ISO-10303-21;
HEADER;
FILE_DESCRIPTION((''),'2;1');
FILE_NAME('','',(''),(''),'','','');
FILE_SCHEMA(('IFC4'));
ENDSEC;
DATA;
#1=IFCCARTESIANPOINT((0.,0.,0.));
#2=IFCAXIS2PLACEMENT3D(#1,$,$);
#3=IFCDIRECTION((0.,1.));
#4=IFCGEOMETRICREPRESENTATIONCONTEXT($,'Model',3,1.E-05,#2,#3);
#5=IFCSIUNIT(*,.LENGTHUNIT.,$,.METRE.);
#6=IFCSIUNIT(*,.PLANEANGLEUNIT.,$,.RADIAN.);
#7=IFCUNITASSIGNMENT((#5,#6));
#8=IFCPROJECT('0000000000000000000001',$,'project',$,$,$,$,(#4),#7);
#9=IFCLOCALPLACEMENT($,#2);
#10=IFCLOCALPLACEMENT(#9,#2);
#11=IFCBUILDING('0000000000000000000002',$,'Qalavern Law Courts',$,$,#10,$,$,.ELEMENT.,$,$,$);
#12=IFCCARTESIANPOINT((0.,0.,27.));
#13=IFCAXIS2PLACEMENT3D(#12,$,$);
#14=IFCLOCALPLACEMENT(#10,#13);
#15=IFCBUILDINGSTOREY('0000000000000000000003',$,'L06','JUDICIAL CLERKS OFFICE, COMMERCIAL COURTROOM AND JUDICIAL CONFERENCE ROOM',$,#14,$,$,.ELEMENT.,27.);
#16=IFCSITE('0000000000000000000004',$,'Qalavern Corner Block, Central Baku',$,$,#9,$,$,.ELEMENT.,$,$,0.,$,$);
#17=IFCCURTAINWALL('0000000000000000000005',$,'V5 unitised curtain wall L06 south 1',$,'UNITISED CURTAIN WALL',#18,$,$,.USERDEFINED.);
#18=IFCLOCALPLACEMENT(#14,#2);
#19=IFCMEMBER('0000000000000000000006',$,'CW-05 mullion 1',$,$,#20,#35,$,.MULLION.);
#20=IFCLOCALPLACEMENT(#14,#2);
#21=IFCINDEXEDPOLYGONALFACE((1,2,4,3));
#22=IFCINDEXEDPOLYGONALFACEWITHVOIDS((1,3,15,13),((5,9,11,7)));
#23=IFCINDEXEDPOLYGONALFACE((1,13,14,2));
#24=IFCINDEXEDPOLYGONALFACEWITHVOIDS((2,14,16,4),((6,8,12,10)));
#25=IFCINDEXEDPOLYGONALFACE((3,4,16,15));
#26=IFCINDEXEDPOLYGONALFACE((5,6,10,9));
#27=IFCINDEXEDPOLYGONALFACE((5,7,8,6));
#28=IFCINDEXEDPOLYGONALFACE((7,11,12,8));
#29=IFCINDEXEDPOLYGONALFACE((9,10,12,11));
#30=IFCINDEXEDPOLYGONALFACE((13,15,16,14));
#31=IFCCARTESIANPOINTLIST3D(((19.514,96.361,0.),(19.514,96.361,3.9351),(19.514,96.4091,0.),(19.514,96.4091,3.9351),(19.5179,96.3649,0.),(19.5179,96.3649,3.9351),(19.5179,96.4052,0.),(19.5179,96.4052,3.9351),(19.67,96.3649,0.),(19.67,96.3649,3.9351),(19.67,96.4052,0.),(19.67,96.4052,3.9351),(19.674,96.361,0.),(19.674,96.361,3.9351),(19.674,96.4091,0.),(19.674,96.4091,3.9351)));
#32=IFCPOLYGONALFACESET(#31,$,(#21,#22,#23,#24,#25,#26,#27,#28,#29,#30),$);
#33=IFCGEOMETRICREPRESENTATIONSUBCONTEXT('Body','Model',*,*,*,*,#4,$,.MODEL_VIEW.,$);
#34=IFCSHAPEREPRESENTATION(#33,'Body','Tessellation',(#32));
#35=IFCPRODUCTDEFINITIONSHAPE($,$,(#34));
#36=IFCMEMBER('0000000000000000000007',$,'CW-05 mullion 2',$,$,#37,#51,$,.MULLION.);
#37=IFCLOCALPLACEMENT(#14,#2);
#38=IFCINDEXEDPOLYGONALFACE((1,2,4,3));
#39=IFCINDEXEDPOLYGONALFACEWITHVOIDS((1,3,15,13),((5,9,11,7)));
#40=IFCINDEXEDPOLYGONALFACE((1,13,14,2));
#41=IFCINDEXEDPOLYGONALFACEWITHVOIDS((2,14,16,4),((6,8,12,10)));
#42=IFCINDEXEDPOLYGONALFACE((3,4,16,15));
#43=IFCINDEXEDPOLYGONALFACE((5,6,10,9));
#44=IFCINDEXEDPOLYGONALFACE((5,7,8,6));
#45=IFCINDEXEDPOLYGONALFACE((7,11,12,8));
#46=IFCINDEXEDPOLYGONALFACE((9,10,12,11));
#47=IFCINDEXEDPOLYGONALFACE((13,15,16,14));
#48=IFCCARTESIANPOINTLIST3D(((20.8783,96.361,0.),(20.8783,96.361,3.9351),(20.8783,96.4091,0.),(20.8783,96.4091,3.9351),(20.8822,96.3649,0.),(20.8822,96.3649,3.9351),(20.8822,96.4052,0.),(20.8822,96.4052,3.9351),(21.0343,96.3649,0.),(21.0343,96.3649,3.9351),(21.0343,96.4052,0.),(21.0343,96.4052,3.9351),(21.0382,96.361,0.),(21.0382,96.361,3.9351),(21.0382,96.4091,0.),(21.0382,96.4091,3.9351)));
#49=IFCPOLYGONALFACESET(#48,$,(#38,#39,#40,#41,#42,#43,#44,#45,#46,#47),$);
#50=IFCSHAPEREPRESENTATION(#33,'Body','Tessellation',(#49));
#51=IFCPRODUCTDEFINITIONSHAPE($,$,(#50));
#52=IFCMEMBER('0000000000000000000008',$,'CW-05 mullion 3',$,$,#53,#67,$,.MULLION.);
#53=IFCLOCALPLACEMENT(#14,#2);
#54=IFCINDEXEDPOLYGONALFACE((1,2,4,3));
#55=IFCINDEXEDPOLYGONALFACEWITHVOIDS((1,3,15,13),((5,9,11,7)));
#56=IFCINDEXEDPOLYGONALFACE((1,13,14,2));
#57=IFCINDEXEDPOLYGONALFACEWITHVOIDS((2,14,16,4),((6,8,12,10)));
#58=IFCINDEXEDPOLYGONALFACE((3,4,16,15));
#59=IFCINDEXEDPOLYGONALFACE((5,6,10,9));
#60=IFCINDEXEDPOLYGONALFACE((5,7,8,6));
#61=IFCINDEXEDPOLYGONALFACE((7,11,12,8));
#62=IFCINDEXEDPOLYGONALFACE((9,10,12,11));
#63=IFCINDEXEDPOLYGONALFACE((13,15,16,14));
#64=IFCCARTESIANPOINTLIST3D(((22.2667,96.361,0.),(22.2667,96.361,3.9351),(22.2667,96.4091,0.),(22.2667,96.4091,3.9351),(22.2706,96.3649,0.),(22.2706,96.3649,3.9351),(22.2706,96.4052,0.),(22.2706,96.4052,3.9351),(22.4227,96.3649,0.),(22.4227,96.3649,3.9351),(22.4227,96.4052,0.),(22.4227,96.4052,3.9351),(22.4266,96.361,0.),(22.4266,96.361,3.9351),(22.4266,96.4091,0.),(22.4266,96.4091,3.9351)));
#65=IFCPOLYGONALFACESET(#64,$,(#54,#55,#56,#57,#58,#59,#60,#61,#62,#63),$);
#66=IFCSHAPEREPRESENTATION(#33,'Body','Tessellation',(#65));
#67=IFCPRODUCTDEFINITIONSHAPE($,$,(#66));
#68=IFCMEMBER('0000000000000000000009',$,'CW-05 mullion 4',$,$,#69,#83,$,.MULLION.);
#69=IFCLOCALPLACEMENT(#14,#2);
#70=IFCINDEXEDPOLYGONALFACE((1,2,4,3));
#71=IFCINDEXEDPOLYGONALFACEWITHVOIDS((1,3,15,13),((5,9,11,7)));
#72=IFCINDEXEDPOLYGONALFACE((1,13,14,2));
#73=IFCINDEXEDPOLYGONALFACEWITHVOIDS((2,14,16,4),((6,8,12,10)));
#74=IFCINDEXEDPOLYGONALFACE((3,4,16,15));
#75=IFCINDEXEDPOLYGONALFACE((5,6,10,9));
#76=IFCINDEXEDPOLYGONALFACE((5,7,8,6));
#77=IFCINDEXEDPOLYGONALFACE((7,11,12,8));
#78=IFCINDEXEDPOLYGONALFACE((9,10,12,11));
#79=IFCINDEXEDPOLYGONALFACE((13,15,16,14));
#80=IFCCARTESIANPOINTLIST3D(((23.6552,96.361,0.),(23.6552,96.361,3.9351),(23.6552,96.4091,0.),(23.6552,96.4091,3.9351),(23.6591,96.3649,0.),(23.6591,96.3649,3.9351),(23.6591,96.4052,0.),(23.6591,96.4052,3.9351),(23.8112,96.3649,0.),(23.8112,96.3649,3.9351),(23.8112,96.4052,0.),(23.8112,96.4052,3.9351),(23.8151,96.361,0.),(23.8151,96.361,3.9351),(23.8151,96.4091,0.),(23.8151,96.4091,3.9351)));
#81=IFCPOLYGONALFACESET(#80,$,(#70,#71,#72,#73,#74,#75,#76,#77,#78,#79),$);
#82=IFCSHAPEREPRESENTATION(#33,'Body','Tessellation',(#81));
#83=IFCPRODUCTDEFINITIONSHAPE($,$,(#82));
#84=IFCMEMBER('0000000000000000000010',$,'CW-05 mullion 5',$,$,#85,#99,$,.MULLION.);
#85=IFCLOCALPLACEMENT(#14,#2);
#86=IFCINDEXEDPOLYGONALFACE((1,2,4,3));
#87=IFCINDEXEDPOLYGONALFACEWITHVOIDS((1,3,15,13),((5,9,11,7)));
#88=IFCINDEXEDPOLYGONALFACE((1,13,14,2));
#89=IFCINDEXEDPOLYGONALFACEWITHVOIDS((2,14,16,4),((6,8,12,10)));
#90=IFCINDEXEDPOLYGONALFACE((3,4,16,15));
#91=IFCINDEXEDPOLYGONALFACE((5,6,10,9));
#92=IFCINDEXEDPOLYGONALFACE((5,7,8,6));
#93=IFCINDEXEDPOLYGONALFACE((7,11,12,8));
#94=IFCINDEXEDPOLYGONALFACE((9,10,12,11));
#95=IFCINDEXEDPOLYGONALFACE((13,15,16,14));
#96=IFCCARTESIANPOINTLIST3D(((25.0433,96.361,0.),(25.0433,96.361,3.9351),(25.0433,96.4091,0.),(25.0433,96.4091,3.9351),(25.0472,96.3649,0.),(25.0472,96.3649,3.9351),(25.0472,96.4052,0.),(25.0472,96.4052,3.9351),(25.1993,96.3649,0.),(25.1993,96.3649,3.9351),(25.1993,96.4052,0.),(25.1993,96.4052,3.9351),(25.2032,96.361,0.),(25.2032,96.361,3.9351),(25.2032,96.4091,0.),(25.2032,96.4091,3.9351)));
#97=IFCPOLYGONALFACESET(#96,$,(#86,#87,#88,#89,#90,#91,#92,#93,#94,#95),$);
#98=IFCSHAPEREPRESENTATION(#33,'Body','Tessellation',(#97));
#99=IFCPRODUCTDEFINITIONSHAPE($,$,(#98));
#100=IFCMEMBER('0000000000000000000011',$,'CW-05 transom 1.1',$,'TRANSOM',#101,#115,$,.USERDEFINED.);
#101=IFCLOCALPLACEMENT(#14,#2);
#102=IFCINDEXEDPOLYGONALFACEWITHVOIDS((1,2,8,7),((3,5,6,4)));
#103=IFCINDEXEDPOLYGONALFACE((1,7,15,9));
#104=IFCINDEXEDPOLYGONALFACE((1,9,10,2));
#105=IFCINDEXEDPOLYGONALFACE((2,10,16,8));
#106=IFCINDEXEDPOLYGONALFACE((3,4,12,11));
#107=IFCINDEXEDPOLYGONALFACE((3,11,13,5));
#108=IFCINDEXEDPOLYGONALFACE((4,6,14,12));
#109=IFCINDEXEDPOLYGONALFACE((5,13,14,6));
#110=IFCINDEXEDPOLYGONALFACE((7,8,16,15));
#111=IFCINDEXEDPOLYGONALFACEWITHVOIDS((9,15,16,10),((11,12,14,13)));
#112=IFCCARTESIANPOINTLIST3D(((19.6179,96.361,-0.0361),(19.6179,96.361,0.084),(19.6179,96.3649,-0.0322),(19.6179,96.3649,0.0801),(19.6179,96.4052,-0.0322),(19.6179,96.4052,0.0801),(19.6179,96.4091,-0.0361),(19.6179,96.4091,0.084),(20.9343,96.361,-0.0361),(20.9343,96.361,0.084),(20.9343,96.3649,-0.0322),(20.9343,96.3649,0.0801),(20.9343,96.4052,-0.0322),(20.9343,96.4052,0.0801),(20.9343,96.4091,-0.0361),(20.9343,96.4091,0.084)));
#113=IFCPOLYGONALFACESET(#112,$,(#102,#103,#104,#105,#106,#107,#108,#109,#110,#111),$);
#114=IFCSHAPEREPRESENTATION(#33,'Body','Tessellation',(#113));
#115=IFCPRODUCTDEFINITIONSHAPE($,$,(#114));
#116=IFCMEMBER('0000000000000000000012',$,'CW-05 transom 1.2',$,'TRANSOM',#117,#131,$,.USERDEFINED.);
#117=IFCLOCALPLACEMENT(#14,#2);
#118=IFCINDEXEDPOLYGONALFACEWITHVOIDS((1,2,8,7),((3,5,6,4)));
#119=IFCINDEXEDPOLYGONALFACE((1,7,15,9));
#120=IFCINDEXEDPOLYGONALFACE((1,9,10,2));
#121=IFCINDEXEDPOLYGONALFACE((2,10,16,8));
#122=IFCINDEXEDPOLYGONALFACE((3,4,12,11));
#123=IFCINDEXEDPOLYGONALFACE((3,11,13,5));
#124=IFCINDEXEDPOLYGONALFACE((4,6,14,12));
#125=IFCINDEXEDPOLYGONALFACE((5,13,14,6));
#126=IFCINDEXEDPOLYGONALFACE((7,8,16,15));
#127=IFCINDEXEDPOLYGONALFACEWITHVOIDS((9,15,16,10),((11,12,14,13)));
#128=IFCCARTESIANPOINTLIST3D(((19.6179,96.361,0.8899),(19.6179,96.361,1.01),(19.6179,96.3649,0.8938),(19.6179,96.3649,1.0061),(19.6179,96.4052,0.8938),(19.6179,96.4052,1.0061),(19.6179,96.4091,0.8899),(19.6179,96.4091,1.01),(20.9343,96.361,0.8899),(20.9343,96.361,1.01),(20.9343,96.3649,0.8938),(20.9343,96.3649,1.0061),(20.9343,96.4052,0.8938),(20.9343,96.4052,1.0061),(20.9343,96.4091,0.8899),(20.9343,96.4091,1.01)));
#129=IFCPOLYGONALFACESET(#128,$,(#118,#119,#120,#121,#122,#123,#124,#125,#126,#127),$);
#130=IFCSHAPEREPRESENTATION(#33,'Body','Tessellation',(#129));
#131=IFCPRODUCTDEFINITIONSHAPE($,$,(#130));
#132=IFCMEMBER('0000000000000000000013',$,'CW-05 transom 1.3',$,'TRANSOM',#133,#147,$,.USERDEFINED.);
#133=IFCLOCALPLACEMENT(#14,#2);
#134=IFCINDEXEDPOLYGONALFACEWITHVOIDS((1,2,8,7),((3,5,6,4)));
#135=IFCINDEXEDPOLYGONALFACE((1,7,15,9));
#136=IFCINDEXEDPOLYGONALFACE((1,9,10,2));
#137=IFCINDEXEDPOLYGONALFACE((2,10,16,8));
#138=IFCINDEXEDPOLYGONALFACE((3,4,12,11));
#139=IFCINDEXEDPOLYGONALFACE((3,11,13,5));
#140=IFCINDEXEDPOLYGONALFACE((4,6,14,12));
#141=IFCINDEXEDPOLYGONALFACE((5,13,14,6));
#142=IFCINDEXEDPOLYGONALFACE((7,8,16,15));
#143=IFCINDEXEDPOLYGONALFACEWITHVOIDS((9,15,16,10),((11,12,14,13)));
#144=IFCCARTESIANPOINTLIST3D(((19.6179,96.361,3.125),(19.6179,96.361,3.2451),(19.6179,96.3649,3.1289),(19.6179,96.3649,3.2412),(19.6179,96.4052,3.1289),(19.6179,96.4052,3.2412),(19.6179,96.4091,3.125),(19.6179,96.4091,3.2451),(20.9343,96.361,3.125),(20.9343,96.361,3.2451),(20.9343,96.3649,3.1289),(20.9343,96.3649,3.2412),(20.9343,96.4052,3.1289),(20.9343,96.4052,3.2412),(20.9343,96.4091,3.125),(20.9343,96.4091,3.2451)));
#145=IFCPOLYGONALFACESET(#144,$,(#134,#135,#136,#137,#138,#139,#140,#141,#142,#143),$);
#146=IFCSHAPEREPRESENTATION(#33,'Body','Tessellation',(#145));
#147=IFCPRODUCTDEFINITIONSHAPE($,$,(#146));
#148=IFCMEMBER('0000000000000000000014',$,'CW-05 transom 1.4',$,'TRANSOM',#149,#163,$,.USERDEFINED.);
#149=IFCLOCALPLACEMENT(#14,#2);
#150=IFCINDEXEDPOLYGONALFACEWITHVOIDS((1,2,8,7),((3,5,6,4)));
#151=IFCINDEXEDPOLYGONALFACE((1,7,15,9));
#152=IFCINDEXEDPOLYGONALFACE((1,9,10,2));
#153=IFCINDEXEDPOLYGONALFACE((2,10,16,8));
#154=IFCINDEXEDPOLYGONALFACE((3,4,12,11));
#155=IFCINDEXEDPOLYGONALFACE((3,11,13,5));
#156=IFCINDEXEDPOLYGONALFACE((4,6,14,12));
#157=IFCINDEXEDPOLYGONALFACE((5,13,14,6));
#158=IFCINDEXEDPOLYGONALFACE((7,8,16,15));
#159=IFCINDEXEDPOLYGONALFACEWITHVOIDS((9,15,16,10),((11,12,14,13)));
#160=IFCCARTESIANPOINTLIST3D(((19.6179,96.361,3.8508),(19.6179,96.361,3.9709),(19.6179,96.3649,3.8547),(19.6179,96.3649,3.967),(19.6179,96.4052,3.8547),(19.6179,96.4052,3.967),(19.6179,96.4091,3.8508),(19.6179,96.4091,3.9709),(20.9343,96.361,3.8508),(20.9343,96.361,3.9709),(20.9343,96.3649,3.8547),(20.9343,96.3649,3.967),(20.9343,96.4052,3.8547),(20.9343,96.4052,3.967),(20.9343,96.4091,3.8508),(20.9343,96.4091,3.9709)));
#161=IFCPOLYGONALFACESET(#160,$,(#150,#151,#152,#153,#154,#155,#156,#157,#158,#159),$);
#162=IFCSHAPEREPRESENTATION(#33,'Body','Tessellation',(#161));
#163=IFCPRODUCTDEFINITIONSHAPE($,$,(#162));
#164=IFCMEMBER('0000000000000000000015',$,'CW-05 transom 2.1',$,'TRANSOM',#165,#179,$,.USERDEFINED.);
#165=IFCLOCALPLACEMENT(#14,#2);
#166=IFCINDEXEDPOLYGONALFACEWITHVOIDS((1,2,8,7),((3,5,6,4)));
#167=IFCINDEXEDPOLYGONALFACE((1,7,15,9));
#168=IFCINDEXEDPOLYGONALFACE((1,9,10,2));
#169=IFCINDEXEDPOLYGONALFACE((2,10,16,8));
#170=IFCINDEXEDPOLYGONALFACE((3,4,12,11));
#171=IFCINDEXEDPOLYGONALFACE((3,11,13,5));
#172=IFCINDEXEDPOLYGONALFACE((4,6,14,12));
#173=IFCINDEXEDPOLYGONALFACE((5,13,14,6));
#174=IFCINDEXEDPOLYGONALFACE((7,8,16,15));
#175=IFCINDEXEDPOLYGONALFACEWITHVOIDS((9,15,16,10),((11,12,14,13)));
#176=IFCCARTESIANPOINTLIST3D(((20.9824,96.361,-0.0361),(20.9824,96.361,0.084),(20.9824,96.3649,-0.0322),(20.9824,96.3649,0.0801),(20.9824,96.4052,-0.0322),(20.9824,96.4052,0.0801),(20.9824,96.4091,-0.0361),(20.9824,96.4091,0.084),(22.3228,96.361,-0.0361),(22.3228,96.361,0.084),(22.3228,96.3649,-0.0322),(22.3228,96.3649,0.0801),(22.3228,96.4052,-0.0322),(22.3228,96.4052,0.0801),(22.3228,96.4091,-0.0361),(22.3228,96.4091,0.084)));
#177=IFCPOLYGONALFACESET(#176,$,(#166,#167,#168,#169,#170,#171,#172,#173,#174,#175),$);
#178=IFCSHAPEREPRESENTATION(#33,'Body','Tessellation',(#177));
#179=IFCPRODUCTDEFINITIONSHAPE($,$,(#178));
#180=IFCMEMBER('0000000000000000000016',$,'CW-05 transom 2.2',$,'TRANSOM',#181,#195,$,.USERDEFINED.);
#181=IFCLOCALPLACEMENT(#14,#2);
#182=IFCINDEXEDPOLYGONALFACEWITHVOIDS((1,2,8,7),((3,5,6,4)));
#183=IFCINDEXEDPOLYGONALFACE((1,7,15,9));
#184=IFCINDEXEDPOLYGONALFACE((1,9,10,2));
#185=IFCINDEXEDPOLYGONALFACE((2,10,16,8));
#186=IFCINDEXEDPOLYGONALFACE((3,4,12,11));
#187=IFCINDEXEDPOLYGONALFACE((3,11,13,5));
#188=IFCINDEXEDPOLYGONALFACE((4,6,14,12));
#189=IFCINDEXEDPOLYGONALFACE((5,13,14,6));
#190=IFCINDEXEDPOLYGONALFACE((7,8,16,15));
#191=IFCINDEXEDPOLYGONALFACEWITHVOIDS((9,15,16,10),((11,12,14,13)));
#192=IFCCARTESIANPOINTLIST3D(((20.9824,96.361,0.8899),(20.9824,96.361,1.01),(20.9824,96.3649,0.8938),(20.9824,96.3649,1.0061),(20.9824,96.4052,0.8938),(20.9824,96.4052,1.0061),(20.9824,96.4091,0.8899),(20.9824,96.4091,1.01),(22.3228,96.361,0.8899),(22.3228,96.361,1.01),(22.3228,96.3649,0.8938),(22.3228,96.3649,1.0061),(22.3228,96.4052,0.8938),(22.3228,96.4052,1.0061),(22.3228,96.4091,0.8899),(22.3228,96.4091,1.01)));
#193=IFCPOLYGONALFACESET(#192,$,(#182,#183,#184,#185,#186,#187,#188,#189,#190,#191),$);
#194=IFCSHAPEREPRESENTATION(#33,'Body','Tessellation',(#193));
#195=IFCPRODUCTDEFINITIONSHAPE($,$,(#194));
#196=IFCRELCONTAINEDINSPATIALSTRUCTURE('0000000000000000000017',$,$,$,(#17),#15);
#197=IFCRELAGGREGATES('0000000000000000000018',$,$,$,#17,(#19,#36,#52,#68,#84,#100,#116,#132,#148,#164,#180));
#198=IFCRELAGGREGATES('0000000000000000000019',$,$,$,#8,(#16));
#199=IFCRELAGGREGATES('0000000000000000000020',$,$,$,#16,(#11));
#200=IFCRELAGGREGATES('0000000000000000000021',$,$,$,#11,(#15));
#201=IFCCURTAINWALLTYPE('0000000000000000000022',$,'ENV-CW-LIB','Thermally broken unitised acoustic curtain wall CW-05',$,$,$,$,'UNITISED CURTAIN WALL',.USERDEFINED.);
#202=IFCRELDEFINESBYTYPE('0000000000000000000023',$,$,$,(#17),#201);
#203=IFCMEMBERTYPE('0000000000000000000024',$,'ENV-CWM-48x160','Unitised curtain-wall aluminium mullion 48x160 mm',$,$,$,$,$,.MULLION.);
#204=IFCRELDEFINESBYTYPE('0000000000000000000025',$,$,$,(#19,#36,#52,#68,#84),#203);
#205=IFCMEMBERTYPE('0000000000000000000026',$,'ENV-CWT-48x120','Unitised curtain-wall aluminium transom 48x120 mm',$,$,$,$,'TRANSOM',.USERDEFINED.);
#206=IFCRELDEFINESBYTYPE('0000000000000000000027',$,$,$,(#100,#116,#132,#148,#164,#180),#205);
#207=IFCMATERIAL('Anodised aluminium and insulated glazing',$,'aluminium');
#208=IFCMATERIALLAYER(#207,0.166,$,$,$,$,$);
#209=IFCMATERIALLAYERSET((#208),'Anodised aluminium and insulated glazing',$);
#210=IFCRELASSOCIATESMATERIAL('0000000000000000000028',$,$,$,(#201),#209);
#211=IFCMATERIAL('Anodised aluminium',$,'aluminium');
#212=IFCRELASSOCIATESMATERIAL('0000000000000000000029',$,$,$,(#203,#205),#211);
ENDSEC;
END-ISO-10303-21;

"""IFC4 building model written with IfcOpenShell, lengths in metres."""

from ifc_helpers import new_model, si_unit, direction, frame, origin, origin_2d, place, context, subcontext, project, spatial, hollow_rectangle, extrude, material, layer, layer_set, material_profile, profile_set, type_object, element, aggregate, save


model = new_model("IFC4")

# Units and contexts
model_context = context("Model", 3, precision=1e-05, world=origin(), true_north=direction((0.0, 1.0)))
body_context = subcontext(model_context, "Body", "Model", "MODEL_VIEW")
ifc_project = project(units=[si_unit("LENGTHUNIT", "METRE"), si_unit("PLANEANGLEUNIT", "RADIAN")], contexts=[model_context])

# Site, building, storey
site_placement = place(None, origin())
site = spatial("IfcSite", under=ifc_project, at=site_placement, Name="Qalavern Corner Block, Central Baku", CompositionType="ELEMENT", RefElevation=0.0)
building_placement = place(site_placement, origin())
building = spatial("IfcBuilding", under=site, at=building_placement, Name="Qalavern Law Courts", CompositionType="ELEMENT")
storey_placement = place(building_placement, frame((0.0, 0.0, 27.0)))
storey = spatial("IfcBuildingStorey", under=building, at=storey_placement, Name="L06", Description="JUDICIAL CLERKS OFFICE, COMMERCIAL COURTROOM AND JUDICIAL CONFERENCE ROOM", CompositionType="ELEMENT", Elevation=27.0)

# Curtain wall, members
ifc_material_1 = material(Name="Anodised aluminium and insulated glazing", Category="aluminium")
ifc_layer_1 = layer(ifc_material_1, 0.166)
ifc_layer_set_1 = layer_set([ifc_layer_1], Name="Anodised aluminium and insulated glazing")
curtain_wall_type = type_object("IfcCurtainWallType", Name="ENV-CW-LIB", Description="Thermally broken unitised acoustic curtain wall CW-05", ElementType="UNITISED CURTAIN WALL", PredefinedType="USERDEFINED", material=ifc_layer_set_1)
curtain_wall_placement = place(storey_placement, origin())
curtain_wall = element("IfcCurtainWall", 1, at=curtain_wall_placement, inside=storey, type_object=curtain_wall_type, Name="V5 unitised curtain wall L06 south 1", ObjectType="UNITISED CURTAIN WALL", PredefinedType="USERDEFINED")
ifc_material_2 = material(Name="Anodised aluminium", Category="aluminium")
ifc_material_profile_1 = material_profile(ifc_material_2, hollow_rectangle(XDim=0.0481, YDim=0.1599, WallThickness=0.0039, at=origin_2d()), Name="ALU MULLION 48x160")
ifc_profile_set_1 = profile_set([ifc_material_profile_1], Name="Anodised aluminium")
member_type_1 = type_object("IfcMemberType", Name="ENV-CWM-48x160", Description="Unitised curtain-wall aluminium mullion 48x160 mm", PredefinedType="MULLION", material=ifc_profile_set_1)
member_1_placement = place(storey_placement, frame((19.594, 96.385, 0.0), z_axis=(0.0, 0.0, 1.0), x_axis=(0.0, 1.0, 0.0)))
member_1 = element("IfcMember", 2, at=member_1_placement, type_object=member_type_1, Name="CW-05 mullion 1", PredefinedType="MULLION", context=body_context, shape_type="SweptSolid", body=[
    extrude(hollow_rectangle(XDim=0.0481, YDim=0.1599, WallThickness=0.0039, at=origin_2d()), origin(), (0.0, 0.0, 1.0), 3.9351),
])
member_2_placement = place(storey_placement, frame((20.9583, 96.385, 0.0), z_axis=(0.0, 0.0, 1.0), x_axis=(0.0, 1.0, 0.0)))
member_2 = element("IfcMember", 3, at=member_2_placement, type_object=member_type_1, Name="CW-05 mullion 2", PredefinedType="MULLION", context=body_context, shape_type="SweptSolid", body=[
    extrude(hollow_rectangle(XDim=0.0481, YDim=0.1599, WallThickness=0.0039, at=origin_2d()), origin(), (0.0, 0.0, 1.0), 3.9351),
])
member_3_placement = place(storey_placement, frame((22.3467, 96.385, 0.0), z_axis=(0.0, 0.0, 1.0), x_axis=(0.0, 1.0, 0.0)))
member_3 = element("IfcMember", 4, at=member_3_placement, type_object=member_type_1, Name="CW-05 mullion 3", PredefinedType="MULLION", context=body_context, shape_type="SweptSolid", body=[
    extrude(hollow_rectangle(XDim=0.0481, YDim=0.1599, WallThickness=0.0039, at=origin_2d()), origin(), (0.0, 0.0, 1.0), 3.9351),
])
member_4_placement = place(storey_placement, frame((23.7351, 96.385, 0.0), z_axis=(0.0, 0.0, 1.0), x_axis=(0.0, 1.0, 0.0)))
member_4 = element("IfcMember", 5, at=member_4_placement, type_object=member_type_1, Name="CW-05 mullion 4", PredefinedType="MULLION", context=body_context, shape_type="SweptSolid", body=[
    extrude(hollow_rectangle(XDim=0.0481, YDim=0.1599, WallThickness=0.0039, at=origin_2d()), origin(), (0.0, 0.0, 1.0), 3.9351),
])
member_5_placement = place(storey_placement, frame((25.1233, 96.385, 0.0), z_axis=(0.0, 0.0, 1.0), x_axis=(0.0, 1.0, 0.0)))
member_5 = element("IfcMember", 6, at=member_5_placement, type_object=member_type_1, Name="CW-05 mullion 5", PredefinedType="MULLION", context=body_context, shape_type="SweptSolid", body=[
    extrude(hollow_rectangle(XDim=0.0481, YDim=0.1599, WallThickness=0.0039, at=origin_2d()), origin(), (0.0, 0.0, 1.0), 3.9351),
])
ifc_material_profile_2 = material_profile(ifc_material_2, hollow_rectangle(XDim=0.0481, YDim=0.1201, WallThickness=0.0039, at=origin_2d()), Name="ALU TRANSOM 48x120")
ifc_profile_set_2 = profile_set([ifc_material_profile_2], Name="Anodised aluminium")
member_type_2 = type_object("IfcMemberType", Name="ENV-CWT-48x120", Description="Unitised curtain-wall aluminium transom 48x120 mm", ElementType="TRANSOM", PredefinedType="USERDEFINED", material=ifc_profile_set_2)
member_6_placement = place(storey_placement, frame((19.6179, 96.385, 0.0239), z_axis=(1.0, 0.0, 0.0), x_axis=(0.0, 1.0, 0.0)))
member_6 = element("IfcMember", 7, at=member_6_placement, type_object=member_type_2, Name="CW-05 transom 1.1", ObjectType="TRANSOM", PredefinedType="USERDEFINED", context=body_context, shape_type="SweptSolid", body=[
    extrude(hollow_rectangle(XDim=0.0481, YDim=0.1201, WallThickness=0.0039, at=origin_2d()), origin(), (0.0, 0.0, 1.0), 1.3164),
])
member_7_placement = place(storey_placement, frame((19.6179, 96.385, 0.95), z_axis=(1.0, 0.0, 0.0), x_axis=(0.0, 1.0, 0.0)))
member_7 = element("IfcMember", 8, at=member_7_placement, type_object=member_type_2, Name="CW-05 transom 1.2", ObjectType="TRANSOM", PredefinedType="USERDEFINED", context=body_context, shape_type="SweptSolid", body=[
    extrude(hollow_rectangle(XDim=0.0481, YDim=0.1201, WallThickness=0.0039, at=origin_2d()), origin(), (0.0, 0.0, 1.0), 1.3164),
])
member_8_placement = place(storey_placement, frame((19.6179, 96.385, 3.1851), z_axis=(1.0, 0.0, 0.0), x_axis=(0.0, 1.0, 0.0)))
member_8 = element("IfcMember", 9, at=member_8_placement, type_object=member_type_2, Name="CW-05 transom 1.3", ObjectType="TRANSOM", PredefinedType="USERDEFINED", context=body_context, shape_type="SweptSolid", body=[
    extrude(hollow_rectangle(XDim=0.0481, YDim=0.1201, WallThickness=0.0039, at=origin_2d()), origin(), (0.0, 0.0, 1.0), 1.3164),
])
member_9_placement = place(storey_placement, frame((19.6179, 96.385, 3.9109), z_axis=(1.0, 0.0, 0.0), x_axis=(0.0, 1.0, 0.0)))
member_9 = element("IfcMember", 10, at=member_9_placement, type_object=member_type_2, Name="CW-05 transom 1.4", ObjectType="TRANSOM", PredefinedType="USERDEFINED", context=body_context, shape_type="SweptSolid", body=[
    extrude(hollow_rectangle(XDim=0.0481, YDim=0.1201, WallThickness=0.0039, at=origin_2d()), origin(), (0.0, 0.0, 1.0), 1.3164),
])
member_10_placement = place(storey_placement, frame((20.9824, 96.385, 0.0239), z_axis=(1.0, 0.0, 0.0), x_axis=(0.0, 1.0, 0.0)))
member_10 = element("IfcMember", 11, at=member_10_placement, type_object=member_type_2, Name="CW-05 transom 2.1", ObjectType="TRANSOM", PredefinedType="USERDEFINED", context=body_context, shape_type="SweptSolid", body=[
    extrude(hollow_rectangle(XDim=0.0481, YDim=0.1201, WallThickness=0.0039, at=origin_2d()), origin(), (0.0, 0.0, 1.0), 1.3403),
])
member_11_placement = place(storey_placement, frame((20.9824, 96.385, 0.95), z_axis=(1.0, 0.0, 0.0), x_axis=(0.0, 1.0, 0.0)))
member_11 = element("IfcMember", 12, at=member_11_placement, type_object=member_type_2, Name="CW-05 transom 2.2", ObjectType="TRANSOM", PredefinedType="USERDEFINED", context=body_context, shape_type="SweptSolid", body=[
    extrude(hollow_rectangle(XDim=0.0481, YDim=0.1201, WallThickness=0.0039, at=origin_2d()), origin(), (0.0, 0.0, 1.0), 1.3403),
])
aggregate(curtain_wall, [member_1, member_2, member_3, member_4, member_5, member_6, member_7, member_8, member_9, member_10, member_11])

save(model, "model.ifc")
